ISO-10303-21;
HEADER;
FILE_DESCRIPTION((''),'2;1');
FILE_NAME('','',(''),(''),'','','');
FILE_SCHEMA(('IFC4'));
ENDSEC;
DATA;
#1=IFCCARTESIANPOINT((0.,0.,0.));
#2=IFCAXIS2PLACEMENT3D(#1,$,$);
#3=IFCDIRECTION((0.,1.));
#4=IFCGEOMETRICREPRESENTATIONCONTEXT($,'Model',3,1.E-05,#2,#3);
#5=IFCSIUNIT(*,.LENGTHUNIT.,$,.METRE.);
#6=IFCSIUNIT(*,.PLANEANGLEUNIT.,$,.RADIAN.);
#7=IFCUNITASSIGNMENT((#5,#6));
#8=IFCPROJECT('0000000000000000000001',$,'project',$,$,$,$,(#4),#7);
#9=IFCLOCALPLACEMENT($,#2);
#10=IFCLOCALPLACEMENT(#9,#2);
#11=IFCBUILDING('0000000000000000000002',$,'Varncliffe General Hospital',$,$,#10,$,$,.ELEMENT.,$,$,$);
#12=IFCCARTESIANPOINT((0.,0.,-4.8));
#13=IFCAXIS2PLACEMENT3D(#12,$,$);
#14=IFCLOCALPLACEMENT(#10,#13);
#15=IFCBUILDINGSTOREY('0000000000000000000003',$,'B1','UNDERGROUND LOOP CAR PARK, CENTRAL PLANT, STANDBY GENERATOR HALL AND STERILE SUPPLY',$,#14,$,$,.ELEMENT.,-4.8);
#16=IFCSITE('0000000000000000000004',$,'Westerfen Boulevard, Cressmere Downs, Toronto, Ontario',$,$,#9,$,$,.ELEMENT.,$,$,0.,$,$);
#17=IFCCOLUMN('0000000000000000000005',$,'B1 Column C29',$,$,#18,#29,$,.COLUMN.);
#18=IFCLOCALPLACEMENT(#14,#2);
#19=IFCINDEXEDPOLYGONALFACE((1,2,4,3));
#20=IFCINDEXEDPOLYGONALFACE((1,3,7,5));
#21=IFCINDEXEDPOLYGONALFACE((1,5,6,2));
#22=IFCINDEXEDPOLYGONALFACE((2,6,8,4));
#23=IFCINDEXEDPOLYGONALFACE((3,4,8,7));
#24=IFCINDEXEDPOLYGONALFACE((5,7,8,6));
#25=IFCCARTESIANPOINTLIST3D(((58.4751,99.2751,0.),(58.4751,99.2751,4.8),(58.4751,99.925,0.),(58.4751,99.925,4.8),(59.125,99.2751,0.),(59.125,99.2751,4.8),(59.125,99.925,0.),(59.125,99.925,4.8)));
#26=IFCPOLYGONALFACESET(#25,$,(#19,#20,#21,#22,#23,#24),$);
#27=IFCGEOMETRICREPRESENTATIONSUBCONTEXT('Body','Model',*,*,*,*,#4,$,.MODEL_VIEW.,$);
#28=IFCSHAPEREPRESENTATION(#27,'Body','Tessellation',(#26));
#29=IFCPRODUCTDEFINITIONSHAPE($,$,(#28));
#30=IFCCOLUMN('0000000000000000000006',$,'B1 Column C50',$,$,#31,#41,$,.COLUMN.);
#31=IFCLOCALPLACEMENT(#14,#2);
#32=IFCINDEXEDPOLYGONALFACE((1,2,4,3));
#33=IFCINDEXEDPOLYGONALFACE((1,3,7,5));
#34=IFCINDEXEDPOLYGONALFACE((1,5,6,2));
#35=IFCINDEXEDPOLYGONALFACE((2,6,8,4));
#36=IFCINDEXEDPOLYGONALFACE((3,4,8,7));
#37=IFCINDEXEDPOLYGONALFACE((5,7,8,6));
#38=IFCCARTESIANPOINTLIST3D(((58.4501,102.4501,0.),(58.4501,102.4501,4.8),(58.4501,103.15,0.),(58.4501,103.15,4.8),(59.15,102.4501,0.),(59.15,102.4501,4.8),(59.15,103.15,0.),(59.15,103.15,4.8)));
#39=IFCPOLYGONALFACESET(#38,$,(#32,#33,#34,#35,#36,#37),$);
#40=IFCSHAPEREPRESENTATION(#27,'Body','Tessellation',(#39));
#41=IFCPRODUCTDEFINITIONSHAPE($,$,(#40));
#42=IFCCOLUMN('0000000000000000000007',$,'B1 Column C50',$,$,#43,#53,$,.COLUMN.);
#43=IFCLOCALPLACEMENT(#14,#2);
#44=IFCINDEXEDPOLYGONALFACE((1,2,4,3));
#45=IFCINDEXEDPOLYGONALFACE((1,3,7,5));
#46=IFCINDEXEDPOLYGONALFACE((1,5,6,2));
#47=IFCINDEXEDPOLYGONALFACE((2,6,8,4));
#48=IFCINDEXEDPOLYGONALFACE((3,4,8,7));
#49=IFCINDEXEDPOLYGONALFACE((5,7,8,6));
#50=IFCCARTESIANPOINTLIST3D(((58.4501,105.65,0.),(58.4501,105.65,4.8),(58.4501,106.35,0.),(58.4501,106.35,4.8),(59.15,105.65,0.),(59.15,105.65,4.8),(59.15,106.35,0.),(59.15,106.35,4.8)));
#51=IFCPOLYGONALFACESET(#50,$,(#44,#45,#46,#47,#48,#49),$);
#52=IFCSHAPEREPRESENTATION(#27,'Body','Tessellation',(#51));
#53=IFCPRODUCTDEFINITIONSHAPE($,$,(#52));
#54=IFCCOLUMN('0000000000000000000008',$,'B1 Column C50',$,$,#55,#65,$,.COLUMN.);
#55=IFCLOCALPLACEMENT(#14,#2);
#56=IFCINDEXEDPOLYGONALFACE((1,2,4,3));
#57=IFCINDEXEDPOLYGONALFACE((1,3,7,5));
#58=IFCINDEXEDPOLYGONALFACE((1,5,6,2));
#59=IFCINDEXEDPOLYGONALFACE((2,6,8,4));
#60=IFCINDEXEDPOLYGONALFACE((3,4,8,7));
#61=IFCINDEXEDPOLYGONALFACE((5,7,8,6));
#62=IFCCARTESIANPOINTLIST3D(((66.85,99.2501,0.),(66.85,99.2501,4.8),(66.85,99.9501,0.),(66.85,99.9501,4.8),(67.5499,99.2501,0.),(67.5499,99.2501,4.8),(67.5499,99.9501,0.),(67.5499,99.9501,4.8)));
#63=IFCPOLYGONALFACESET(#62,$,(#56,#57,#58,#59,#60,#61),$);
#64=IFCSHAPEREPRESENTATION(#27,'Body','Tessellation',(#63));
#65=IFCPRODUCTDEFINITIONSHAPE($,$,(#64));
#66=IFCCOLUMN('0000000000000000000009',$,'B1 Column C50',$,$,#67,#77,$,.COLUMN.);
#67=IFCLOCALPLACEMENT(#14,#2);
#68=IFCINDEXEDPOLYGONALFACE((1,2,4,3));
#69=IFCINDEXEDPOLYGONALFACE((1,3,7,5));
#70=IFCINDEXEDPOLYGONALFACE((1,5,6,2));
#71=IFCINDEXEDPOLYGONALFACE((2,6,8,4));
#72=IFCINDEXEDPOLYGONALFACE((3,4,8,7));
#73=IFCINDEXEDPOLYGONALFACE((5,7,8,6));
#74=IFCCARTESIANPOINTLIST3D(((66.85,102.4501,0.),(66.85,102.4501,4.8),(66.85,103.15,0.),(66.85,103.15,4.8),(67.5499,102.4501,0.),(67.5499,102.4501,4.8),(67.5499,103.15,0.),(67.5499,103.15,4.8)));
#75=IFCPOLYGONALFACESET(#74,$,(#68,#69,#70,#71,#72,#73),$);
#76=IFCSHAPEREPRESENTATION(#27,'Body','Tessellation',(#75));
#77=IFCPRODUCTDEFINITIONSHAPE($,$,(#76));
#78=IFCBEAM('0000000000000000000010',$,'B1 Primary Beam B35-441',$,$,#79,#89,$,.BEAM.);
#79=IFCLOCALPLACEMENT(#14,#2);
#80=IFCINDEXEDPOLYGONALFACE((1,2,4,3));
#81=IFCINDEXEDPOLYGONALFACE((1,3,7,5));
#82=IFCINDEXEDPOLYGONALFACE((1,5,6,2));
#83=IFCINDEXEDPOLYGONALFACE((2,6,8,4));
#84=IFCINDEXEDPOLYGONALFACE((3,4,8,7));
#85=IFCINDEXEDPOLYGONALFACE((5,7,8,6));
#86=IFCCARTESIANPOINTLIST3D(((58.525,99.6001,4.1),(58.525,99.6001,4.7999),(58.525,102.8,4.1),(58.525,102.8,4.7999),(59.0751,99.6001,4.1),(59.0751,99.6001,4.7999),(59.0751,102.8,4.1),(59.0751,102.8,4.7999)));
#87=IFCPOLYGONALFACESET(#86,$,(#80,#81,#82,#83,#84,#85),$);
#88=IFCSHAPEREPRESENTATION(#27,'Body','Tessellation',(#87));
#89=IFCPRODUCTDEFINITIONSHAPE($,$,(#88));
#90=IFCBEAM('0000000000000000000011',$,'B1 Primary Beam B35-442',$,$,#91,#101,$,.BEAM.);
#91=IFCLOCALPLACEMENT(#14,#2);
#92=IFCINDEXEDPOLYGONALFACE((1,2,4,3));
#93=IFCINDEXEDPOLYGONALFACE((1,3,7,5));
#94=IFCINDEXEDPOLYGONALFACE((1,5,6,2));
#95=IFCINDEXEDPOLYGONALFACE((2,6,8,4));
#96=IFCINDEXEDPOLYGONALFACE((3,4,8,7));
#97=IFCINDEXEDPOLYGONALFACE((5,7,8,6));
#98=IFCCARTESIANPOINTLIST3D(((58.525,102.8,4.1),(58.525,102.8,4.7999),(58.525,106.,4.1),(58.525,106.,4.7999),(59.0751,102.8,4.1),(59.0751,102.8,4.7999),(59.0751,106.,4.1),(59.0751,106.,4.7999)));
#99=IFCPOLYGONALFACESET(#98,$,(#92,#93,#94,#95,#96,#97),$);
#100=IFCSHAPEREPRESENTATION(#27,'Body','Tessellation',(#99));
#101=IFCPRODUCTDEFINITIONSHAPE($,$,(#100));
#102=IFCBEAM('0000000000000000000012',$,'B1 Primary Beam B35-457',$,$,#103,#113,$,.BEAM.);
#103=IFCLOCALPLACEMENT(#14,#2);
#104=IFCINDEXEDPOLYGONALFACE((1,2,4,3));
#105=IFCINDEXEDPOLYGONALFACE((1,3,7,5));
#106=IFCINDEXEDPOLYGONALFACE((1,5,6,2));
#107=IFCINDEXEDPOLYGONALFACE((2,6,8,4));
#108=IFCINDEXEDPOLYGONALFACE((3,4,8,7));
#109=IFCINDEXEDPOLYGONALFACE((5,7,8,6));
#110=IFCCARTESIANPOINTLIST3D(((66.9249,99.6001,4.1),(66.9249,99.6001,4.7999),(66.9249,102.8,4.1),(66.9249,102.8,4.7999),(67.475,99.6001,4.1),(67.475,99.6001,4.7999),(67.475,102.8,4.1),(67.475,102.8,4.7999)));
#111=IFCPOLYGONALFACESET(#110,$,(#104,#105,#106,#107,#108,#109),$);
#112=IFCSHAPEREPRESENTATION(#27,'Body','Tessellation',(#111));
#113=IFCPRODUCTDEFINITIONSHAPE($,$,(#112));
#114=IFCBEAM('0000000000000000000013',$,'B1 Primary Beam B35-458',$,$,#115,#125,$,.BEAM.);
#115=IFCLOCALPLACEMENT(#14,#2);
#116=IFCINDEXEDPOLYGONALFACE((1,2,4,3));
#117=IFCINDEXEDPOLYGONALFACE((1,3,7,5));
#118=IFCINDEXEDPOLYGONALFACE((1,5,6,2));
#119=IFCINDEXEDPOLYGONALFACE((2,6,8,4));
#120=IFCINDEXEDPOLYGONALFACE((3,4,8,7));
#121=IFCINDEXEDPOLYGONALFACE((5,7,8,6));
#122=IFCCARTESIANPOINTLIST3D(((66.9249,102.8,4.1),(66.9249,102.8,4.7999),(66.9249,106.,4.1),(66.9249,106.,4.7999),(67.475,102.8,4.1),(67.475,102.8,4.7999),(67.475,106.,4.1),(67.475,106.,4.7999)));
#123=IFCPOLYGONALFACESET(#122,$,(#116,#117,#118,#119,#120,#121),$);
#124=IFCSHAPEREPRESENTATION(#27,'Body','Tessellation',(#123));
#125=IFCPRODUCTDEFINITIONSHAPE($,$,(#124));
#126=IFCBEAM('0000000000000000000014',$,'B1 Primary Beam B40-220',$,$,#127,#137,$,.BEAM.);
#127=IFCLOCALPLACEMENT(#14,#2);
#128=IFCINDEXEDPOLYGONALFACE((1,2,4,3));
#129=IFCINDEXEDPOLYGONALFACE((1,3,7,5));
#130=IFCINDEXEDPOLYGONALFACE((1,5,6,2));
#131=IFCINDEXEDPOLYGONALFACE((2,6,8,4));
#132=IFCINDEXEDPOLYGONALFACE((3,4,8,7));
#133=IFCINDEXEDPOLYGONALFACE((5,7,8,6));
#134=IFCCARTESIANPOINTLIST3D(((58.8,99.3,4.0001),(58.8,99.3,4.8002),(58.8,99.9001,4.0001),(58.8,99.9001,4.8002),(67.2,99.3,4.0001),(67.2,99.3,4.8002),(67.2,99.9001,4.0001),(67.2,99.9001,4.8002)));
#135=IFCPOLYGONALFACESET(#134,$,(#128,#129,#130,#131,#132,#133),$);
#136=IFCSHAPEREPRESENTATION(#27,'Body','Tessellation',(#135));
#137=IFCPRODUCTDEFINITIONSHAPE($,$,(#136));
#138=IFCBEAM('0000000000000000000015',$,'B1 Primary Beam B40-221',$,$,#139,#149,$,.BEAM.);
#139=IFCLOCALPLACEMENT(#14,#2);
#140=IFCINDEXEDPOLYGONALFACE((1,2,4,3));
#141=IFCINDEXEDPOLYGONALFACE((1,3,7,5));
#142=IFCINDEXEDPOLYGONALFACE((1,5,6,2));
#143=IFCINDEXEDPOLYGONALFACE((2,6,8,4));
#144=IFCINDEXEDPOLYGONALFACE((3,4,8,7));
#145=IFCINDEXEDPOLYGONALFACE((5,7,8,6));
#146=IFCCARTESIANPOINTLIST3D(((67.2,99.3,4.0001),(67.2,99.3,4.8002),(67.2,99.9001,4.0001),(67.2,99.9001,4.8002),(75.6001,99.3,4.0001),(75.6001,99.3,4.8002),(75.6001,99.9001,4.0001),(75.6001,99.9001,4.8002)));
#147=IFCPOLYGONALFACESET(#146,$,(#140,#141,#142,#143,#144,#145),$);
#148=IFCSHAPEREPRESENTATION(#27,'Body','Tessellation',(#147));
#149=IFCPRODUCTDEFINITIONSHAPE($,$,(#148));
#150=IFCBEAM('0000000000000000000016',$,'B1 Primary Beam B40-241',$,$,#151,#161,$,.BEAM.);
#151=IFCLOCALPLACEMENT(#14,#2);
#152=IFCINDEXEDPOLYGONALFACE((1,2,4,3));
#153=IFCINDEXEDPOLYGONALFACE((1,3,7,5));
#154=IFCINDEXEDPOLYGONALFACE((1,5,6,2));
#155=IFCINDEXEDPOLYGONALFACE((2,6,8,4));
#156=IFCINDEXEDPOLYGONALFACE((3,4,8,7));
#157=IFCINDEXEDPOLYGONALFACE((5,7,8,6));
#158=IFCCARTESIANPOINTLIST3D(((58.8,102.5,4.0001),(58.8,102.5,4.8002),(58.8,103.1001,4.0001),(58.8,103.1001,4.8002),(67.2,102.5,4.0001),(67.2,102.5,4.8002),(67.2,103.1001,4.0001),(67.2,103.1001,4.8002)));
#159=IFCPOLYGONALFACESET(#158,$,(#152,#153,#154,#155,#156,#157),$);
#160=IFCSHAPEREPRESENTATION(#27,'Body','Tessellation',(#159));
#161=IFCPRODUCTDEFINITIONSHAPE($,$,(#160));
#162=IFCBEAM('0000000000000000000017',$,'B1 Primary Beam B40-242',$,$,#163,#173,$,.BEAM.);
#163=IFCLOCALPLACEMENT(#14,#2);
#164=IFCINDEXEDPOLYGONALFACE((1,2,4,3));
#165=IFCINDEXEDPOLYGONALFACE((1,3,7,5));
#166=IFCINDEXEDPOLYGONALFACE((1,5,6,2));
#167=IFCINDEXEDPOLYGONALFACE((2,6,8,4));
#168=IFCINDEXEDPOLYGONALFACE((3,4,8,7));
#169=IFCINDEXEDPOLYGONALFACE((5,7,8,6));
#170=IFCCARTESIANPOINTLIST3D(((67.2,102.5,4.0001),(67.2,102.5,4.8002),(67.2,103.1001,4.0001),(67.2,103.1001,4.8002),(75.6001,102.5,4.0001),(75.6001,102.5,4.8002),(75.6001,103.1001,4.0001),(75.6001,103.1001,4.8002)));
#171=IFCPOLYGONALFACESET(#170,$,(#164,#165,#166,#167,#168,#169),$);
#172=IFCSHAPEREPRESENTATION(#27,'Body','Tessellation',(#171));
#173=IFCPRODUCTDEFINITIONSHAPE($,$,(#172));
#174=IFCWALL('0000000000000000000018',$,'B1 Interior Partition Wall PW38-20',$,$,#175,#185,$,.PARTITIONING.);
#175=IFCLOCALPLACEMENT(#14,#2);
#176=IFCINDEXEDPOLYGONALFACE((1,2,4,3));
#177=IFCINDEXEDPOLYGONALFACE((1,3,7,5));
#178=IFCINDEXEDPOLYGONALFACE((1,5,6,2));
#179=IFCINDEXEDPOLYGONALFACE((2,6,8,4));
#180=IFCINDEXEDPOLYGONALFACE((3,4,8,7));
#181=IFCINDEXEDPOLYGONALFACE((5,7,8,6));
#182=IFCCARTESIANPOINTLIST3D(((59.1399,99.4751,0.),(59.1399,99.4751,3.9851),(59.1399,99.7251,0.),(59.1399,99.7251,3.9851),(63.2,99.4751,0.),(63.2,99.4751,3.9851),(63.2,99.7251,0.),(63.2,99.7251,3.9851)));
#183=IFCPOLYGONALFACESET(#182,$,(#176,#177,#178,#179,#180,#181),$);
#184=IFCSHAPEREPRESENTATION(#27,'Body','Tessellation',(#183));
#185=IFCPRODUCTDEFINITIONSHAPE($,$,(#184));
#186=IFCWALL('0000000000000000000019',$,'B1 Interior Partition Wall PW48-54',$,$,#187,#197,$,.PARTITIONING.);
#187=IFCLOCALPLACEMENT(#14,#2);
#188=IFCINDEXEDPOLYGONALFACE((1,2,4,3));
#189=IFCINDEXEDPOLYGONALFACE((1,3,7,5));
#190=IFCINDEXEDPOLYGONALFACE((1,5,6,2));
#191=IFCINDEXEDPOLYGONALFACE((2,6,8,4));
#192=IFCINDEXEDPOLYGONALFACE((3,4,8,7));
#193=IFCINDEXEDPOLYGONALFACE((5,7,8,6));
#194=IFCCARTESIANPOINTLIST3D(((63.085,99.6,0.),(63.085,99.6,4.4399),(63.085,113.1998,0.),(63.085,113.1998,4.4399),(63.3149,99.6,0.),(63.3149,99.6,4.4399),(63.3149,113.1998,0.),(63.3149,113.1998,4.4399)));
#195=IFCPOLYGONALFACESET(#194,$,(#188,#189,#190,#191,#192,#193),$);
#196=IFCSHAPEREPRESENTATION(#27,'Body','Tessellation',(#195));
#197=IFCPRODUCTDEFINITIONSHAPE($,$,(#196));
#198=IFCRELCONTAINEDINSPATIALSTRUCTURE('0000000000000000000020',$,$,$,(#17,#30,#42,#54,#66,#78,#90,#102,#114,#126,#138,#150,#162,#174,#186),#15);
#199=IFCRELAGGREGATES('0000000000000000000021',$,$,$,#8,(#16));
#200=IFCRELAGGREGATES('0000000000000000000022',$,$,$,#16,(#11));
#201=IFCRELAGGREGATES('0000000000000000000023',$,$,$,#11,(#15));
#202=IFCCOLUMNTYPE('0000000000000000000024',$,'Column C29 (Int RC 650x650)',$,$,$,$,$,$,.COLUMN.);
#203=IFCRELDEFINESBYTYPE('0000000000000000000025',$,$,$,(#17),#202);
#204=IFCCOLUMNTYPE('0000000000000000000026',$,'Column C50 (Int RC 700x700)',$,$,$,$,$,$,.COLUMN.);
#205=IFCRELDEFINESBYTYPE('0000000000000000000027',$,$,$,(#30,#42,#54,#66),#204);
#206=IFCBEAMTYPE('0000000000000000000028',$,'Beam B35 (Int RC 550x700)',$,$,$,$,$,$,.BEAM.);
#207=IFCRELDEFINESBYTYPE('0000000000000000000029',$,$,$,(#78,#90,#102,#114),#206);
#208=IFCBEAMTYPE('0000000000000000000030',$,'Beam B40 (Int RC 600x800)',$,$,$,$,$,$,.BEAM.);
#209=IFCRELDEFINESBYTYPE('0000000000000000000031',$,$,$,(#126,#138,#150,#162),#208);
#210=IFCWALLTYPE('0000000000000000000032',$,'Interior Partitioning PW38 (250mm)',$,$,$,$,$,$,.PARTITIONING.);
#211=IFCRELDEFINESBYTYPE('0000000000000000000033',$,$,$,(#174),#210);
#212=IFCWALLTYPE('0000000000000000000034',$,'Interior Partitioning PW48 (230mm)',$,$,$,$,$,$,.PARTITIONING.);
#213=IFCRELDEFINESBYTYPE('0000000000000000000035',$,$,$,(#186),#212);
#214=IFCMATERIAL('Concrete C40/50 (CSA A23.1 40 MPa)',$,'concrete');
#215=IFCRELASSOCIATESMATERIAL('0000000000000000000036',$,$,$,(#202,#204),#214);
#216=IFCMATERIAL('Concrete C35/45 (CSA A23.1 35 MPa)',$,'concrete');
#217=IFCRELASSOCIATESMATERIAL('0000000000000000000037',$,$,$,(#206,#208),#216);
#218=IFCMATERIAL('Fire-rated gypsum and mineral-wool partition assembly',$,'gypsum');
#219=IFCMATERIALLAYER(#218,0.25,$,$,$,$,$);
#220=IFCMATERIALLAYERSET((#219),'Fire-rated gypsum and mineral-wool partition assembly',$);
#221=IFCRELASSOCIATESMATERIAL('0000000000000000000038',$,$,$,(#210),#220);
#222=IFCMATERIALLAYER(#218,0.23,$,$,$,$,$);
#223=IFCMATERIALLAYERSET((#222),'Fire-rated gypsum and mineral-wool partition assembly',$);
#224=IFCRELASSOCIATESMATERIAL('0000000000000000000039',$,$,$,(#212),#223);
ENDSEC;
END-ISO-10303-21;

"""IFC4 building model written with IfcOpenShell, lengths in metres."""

from ifc_helpers import new_model, si_unit, direction, frame, frame_2d, origin, origin_2d, place, context, subcontext, project, spatial, rectangle, extrude, material, layer, layer_set, material_profile, profile_set, type_object, element, save


model = new_model("IFC4")

# Units and contexts
model_context = context("Model", 3, precision=1e-05, world=origin(), true_north=direction((0.0, 1.0)))
body_context = subcontext(model_context, "Body", "Model", "MODEL_VIEW")
ifc_project = project(units=[si_unit("LENGTHUNIT", "METRE"), si_unit("PLANEANGLEUNIT", "RADIAN")], contexts=[model_context])

# Site, building, storey
site_placement = place(None, origin())
site = spatial("IfcSite", under=ifc_project, at=site_placement, Name="Westerfen Boulevard, Cressmere Downs, Toronto, Ontario", CompositionType="ELEMENT", RefElevation=0.0)
building_placement = place(site_placement, origin())
building = spatial("IfcBuilding", under=site, at=building_placement, Name="Varncliffe General Hospital", CompositionType="ELEMENT")
storey_placement = place(building_placement, frame((0.0, 0.0, -4.8)))
storey = spatial("IfcBuildingStorey", under=building, at=storey_placement, Name="B1", Description="UNDERGROUND LOOP CAR PARK, CENTRAL PLANT, STANDBY GENERATOR HALL AND STERILE SUPPLY", CompositionType="ELEMENT", Elevation=-4.8)

# Shared definitions
ifc_material_1 = material(Name="Concrete C40/50 (CSA A23.1 40 MPa)", Category="concrete")

# Columns
ifc_material_profile_1 = material_profile(ifc_material_1, rectangle(XDim=0.6499, YDim=0.6499, at=origin_2d()), Name="RC 650x650")
ifc_profile_set_1 = profile_set([ifc_material_profile_1], Name="Concrete C40/50 (CSA A23.1 40 MPa)")
column_type_1 = type_object("IfcColumnType", Name="Column C29 (Int RC 650x650)", PredefinedType="COLUMN", material=ifc_profile_set_1)
column_placement = place(storey_placement, frame((58.8, 99.6001, 0.0), z_axis=(0.0, 0.0, 1.0), x_axis=(1.0, 0.0, 0.0)))
element("IfcColumn", 1, at=column_placement, inside=storey, type_object=column_type_1, Name="B1 Column C29", PredefinedType="COLUMN", context=body_context, shape_type="SweptSolid", body=[
    extrude(rectangle(XDim=0.6499, YDim=0.6499, at=origin_2d()), origin(), (0.0, 0.0, 1.0), 4.8),
])
ifc_material_profile_2 = material_profile(ifc_material_1, rectangle(XDim=0.7, YDim=0.7, at=origin_2d()), Name="RC 700x700")
ifc_profile_set_2 = profile_set([ifc_material_profile_2], Name="Concrete C40/50 (CSA A23.1 40 MPa)")
column_type_2 = type_object("IfcColumnType", Name="Column C50 (Int RC 700x700)", PredefinedType="COLUMN", material=ifc_profile_set_2)
for number, where, z_axis, x_axis, name in (
    (2, (58.8, 102.8, 0.0), (0.0, 0.0, 1.0), (1.0, 0.0, 0.0), "B1 Column C50"),
    (3, (58.8, 106.0, 0.0), (0.0, 0.0, 1.0), (1.0, 0.0, 0.0), "B1 Column C50"),
    (4, (67.2, 99.6001, 0.0), (0.0, 0.0, 1.0), (1.0, 0.0, 0.0), "B1 Column C50"),
    (5, (67.2, 102.8, 0.0), (0.0, 0.0, 1.0), (1.0, 0.0, 0.0), "B1 Column C50"),
):
    element("IfcColumn", number, at=place(storey_placement, frame(where, z_axis=z_axis, x_axis=x_axis)), inside=storey, type_object=column_type_2, Name=name, PredefinedType="COLUMN", context=body_context, shape_type="SweptSolid", body=[
        extrude(rectangle(XDim=0.7, YDim=0.7, at=origin_2d()), origin(), (0.0, 0.0, 1.0), 4.8),
    ])

# Beams
ifc_material_2 = material(Name="Concrete C35/45 (CSA A23.1 35 MPa)", Category="concrete")
ifc_material_profile_3 = material_profile(ifc_material_2, rectangle(XDim=0.55, YDim=0.7, at=origin_2d()), Name="RC 550x700")
ifc_profile_set_3 = profile_set([ifc_material_profile_3], Name="Concrete C35/45 (CSA A23.1 35 MPa)")
beam_type_1 = type_object("IfcBeamType", Name="Beam B35 (Int RC 550x700)", PredefinedType="BEAM", material=ifc_profile_set_3)
for number, where, z_axis, x_axis, name in (
    (6, (58.8, 99.6001, 4.45), (0.0, 1.0, 0.0), (-1.0, 0.0, 0.0), "B1 Primary Beam B35-441"),
    (7, (58.8, 102.8, 4.45), (0.0, 1.0, 0.0), (-1.0, 0.0, 0.0), "B1 Primary Beam B35-442"),
    (8, (67.2, 99.6001, 4.45), (0.0, 1.0, 0.0), (-1.0, 0.0, 0.0), "B1 Primary Beam B35-457"),
    (9, (67.2, 102.8, 4.45), (0.0, 1.0, 0.0), (-1.0, 0.0, 0.0), "B1 Primary Beam B35-458"),
):
    element("IfcBeam", number, at=place(storey_placement, frame(where, z_axis=z_axis, x_axis=x_axis)), inside=storey, type_object=beam_type_1, Name=name, PredefinedType="BEAM", context=body_context, shape_type="SweptSolid", body=[
        extrude(rectangle(XDim=0.55, YDim=0.7, at=origin_2d()), origin(), (0.0, 0.0, 1.0), 3.2),
    ])
ifc_material_profile_4 = material_profile(ifc_material_2, rectangle(XDim=0.6001, YDim=0.8, at=origin_2d()), Name="RC 600x800")
ifc_profile_set_4 = profile_set([ifc_material_profile_4], Name="Concrete C35/45 (CSA A23.1 35 MPa)")
beam_type_2 = type_object("IfcBeamType", Name="Beam B40 (Int RC 600x800)", PredefinedType="BEAM", material=ifc_profile_set_4)
beam_1_placement = place(storey_placement, frame((58.8, 99.6001, 4.4001), z_axis=(1.0, 0.0, 0.0), x_axis=(0.0, 1.0, 0.0)))
element("IfcBeam", 10, at=beam_1_placement, inside=storey, type_object=beam_type_2, Name="B1 Primary Beam B40-220", PredefinedType="BEAM", context=body_context, shape_type="SweptSolid", body=[
    extrude(rectangle(XDim=0.6001, YDim=0.8, at=origin_2d()), origin(), (0.0, 0.0, 1.0), 8.3999),
])
beam_2_placement = place(storey_placement, frame((67.2, 99.6001, 4.4001), z_axis=(1.0, 0.0, 0.0), x_axis=(0.0, 1.0, 0.0)))
element("IfcBeam", 11, at=beam_2_placement, inside=storey, type_object=beam_type_2, Name="B1 Primary Beam B40-221", PredefinedType="BEAM", context=body_context, shape_type="SweptSolid", body=[
    extrude(rectangle(XDim=0.6001, YDim=0.8, at=origin_2d()), origin(), (0.0, 0.0, 1.0), 8.4001),
])
beam_3_placement = place(storey_placement, frame((58.8, 102.8, 4.4001), z_axis=(1.0, 0.0, 0.0), x_axis=(0.0, 1.0, 0.0)))
element("IfcBeam", 12, at=beam_3_placement, inside=storey, type_object=beam_type_2, Name="B1 Primary Beam B40-241", PredefinedType="BEAM", context=body_context, shape_type="SweptSolid", body=[
    extrude(rectangle(XDim=0.6001, YDim=0.8, at=origin_2d()), origin(), (0.0, 0.0, 1.0), 8.3999),
])
beam_4_placement = place(storey_placement, frame((67.2, 102.8, 4.4001), z_axis=(1.0, 0.0, 0.0), x_axis=(0.0, 1.0, 0.0)))
element("IfcBeam", 13, at=beam_4_placement, inside=storey, type_object=beam_type_2, Name="B1 Primary Beam B40-242", PredefinedType="BEAM", context=body_context, shape_type="SweptSolid", body=[
    extrude(rectangle(XDim=0.6001, YDim=0.8, at=origin_2d()), origin(), (0.0, 0.0, 1.0), 8.4001),
])

# Walls
ifc_material_3 = material(Name="Fire-rated gypsum and mineral-wool partition assembly", Category="gypsum")
ifc_layer_1 = layer(ifc_material_3, 0.25)
ifc_layer_set_1 = layer_set([ifc_layer_1], Name="Fire-rated gypsum and mineral-wool partition assembly")
wall_type_1 = type_object("IfcWallType", Name="Interior Partitioning PW38 (250mm)", PredefinedType="PARTITIONING", material=ifc_layer_set_1)
wall_1_placement = place(storey_placement, frame((59.1399, 99.6001, 0.0), z_axis=(0.0, 0.0, 1.0), x_axis=(1.0, 0.0, 0.0)))
element("IfcWall", 14, at=wall_1_placement, inside=storey, type_object=wall_type_1, Name="B1 Interior Partition Wall PW38-20", PredefinedType="PARTITIONING", context=body_context, shape_type="SweptSolid", body=[
    extrude(rectangle(XDim=4.0601, YDim=0.25, at=frame_2d((2.03, 0.0))), origin(), (0.0, 0.0, 1.0), 3.9851),
])
ifc_layer_2 = layer(ifc_material_3, 0.23)
ifc_layer_set_2 = layer_set([ifc_layer_2], Name="Fire-rated gypsum and mineral-wool partition assembly")
wall_type_2 = type_object("IfcWallType", Name="Interior Partitioning PW48 (230mm)", PredefinedType="PARTITIONING", material=ifc_layer_set_2)
wall_2_placement = place(storey_placement, frame((63.2, 99.6001, 0.0), z_axis=(0.0, 0.0, 1.0), x_axis=(0.0, 1.0, 0.0)))
element("IfcWall", 15, at=wall_2_placement, inside=storey, type_object=wall_type_2, Name="B1 Interior Partition Wall PW48-54", PredefinedType="PARTITIONING", context=body_context, shape_type="SweptSolid", body=[
    extrude(rectangle(XDim=13.5999, YDim=0.23, at=frame_2d((6.7998, 0.0))), origin(), (0.0, 0.0, 1.0), 4.4399),
])

save(model, "model.ifc")
